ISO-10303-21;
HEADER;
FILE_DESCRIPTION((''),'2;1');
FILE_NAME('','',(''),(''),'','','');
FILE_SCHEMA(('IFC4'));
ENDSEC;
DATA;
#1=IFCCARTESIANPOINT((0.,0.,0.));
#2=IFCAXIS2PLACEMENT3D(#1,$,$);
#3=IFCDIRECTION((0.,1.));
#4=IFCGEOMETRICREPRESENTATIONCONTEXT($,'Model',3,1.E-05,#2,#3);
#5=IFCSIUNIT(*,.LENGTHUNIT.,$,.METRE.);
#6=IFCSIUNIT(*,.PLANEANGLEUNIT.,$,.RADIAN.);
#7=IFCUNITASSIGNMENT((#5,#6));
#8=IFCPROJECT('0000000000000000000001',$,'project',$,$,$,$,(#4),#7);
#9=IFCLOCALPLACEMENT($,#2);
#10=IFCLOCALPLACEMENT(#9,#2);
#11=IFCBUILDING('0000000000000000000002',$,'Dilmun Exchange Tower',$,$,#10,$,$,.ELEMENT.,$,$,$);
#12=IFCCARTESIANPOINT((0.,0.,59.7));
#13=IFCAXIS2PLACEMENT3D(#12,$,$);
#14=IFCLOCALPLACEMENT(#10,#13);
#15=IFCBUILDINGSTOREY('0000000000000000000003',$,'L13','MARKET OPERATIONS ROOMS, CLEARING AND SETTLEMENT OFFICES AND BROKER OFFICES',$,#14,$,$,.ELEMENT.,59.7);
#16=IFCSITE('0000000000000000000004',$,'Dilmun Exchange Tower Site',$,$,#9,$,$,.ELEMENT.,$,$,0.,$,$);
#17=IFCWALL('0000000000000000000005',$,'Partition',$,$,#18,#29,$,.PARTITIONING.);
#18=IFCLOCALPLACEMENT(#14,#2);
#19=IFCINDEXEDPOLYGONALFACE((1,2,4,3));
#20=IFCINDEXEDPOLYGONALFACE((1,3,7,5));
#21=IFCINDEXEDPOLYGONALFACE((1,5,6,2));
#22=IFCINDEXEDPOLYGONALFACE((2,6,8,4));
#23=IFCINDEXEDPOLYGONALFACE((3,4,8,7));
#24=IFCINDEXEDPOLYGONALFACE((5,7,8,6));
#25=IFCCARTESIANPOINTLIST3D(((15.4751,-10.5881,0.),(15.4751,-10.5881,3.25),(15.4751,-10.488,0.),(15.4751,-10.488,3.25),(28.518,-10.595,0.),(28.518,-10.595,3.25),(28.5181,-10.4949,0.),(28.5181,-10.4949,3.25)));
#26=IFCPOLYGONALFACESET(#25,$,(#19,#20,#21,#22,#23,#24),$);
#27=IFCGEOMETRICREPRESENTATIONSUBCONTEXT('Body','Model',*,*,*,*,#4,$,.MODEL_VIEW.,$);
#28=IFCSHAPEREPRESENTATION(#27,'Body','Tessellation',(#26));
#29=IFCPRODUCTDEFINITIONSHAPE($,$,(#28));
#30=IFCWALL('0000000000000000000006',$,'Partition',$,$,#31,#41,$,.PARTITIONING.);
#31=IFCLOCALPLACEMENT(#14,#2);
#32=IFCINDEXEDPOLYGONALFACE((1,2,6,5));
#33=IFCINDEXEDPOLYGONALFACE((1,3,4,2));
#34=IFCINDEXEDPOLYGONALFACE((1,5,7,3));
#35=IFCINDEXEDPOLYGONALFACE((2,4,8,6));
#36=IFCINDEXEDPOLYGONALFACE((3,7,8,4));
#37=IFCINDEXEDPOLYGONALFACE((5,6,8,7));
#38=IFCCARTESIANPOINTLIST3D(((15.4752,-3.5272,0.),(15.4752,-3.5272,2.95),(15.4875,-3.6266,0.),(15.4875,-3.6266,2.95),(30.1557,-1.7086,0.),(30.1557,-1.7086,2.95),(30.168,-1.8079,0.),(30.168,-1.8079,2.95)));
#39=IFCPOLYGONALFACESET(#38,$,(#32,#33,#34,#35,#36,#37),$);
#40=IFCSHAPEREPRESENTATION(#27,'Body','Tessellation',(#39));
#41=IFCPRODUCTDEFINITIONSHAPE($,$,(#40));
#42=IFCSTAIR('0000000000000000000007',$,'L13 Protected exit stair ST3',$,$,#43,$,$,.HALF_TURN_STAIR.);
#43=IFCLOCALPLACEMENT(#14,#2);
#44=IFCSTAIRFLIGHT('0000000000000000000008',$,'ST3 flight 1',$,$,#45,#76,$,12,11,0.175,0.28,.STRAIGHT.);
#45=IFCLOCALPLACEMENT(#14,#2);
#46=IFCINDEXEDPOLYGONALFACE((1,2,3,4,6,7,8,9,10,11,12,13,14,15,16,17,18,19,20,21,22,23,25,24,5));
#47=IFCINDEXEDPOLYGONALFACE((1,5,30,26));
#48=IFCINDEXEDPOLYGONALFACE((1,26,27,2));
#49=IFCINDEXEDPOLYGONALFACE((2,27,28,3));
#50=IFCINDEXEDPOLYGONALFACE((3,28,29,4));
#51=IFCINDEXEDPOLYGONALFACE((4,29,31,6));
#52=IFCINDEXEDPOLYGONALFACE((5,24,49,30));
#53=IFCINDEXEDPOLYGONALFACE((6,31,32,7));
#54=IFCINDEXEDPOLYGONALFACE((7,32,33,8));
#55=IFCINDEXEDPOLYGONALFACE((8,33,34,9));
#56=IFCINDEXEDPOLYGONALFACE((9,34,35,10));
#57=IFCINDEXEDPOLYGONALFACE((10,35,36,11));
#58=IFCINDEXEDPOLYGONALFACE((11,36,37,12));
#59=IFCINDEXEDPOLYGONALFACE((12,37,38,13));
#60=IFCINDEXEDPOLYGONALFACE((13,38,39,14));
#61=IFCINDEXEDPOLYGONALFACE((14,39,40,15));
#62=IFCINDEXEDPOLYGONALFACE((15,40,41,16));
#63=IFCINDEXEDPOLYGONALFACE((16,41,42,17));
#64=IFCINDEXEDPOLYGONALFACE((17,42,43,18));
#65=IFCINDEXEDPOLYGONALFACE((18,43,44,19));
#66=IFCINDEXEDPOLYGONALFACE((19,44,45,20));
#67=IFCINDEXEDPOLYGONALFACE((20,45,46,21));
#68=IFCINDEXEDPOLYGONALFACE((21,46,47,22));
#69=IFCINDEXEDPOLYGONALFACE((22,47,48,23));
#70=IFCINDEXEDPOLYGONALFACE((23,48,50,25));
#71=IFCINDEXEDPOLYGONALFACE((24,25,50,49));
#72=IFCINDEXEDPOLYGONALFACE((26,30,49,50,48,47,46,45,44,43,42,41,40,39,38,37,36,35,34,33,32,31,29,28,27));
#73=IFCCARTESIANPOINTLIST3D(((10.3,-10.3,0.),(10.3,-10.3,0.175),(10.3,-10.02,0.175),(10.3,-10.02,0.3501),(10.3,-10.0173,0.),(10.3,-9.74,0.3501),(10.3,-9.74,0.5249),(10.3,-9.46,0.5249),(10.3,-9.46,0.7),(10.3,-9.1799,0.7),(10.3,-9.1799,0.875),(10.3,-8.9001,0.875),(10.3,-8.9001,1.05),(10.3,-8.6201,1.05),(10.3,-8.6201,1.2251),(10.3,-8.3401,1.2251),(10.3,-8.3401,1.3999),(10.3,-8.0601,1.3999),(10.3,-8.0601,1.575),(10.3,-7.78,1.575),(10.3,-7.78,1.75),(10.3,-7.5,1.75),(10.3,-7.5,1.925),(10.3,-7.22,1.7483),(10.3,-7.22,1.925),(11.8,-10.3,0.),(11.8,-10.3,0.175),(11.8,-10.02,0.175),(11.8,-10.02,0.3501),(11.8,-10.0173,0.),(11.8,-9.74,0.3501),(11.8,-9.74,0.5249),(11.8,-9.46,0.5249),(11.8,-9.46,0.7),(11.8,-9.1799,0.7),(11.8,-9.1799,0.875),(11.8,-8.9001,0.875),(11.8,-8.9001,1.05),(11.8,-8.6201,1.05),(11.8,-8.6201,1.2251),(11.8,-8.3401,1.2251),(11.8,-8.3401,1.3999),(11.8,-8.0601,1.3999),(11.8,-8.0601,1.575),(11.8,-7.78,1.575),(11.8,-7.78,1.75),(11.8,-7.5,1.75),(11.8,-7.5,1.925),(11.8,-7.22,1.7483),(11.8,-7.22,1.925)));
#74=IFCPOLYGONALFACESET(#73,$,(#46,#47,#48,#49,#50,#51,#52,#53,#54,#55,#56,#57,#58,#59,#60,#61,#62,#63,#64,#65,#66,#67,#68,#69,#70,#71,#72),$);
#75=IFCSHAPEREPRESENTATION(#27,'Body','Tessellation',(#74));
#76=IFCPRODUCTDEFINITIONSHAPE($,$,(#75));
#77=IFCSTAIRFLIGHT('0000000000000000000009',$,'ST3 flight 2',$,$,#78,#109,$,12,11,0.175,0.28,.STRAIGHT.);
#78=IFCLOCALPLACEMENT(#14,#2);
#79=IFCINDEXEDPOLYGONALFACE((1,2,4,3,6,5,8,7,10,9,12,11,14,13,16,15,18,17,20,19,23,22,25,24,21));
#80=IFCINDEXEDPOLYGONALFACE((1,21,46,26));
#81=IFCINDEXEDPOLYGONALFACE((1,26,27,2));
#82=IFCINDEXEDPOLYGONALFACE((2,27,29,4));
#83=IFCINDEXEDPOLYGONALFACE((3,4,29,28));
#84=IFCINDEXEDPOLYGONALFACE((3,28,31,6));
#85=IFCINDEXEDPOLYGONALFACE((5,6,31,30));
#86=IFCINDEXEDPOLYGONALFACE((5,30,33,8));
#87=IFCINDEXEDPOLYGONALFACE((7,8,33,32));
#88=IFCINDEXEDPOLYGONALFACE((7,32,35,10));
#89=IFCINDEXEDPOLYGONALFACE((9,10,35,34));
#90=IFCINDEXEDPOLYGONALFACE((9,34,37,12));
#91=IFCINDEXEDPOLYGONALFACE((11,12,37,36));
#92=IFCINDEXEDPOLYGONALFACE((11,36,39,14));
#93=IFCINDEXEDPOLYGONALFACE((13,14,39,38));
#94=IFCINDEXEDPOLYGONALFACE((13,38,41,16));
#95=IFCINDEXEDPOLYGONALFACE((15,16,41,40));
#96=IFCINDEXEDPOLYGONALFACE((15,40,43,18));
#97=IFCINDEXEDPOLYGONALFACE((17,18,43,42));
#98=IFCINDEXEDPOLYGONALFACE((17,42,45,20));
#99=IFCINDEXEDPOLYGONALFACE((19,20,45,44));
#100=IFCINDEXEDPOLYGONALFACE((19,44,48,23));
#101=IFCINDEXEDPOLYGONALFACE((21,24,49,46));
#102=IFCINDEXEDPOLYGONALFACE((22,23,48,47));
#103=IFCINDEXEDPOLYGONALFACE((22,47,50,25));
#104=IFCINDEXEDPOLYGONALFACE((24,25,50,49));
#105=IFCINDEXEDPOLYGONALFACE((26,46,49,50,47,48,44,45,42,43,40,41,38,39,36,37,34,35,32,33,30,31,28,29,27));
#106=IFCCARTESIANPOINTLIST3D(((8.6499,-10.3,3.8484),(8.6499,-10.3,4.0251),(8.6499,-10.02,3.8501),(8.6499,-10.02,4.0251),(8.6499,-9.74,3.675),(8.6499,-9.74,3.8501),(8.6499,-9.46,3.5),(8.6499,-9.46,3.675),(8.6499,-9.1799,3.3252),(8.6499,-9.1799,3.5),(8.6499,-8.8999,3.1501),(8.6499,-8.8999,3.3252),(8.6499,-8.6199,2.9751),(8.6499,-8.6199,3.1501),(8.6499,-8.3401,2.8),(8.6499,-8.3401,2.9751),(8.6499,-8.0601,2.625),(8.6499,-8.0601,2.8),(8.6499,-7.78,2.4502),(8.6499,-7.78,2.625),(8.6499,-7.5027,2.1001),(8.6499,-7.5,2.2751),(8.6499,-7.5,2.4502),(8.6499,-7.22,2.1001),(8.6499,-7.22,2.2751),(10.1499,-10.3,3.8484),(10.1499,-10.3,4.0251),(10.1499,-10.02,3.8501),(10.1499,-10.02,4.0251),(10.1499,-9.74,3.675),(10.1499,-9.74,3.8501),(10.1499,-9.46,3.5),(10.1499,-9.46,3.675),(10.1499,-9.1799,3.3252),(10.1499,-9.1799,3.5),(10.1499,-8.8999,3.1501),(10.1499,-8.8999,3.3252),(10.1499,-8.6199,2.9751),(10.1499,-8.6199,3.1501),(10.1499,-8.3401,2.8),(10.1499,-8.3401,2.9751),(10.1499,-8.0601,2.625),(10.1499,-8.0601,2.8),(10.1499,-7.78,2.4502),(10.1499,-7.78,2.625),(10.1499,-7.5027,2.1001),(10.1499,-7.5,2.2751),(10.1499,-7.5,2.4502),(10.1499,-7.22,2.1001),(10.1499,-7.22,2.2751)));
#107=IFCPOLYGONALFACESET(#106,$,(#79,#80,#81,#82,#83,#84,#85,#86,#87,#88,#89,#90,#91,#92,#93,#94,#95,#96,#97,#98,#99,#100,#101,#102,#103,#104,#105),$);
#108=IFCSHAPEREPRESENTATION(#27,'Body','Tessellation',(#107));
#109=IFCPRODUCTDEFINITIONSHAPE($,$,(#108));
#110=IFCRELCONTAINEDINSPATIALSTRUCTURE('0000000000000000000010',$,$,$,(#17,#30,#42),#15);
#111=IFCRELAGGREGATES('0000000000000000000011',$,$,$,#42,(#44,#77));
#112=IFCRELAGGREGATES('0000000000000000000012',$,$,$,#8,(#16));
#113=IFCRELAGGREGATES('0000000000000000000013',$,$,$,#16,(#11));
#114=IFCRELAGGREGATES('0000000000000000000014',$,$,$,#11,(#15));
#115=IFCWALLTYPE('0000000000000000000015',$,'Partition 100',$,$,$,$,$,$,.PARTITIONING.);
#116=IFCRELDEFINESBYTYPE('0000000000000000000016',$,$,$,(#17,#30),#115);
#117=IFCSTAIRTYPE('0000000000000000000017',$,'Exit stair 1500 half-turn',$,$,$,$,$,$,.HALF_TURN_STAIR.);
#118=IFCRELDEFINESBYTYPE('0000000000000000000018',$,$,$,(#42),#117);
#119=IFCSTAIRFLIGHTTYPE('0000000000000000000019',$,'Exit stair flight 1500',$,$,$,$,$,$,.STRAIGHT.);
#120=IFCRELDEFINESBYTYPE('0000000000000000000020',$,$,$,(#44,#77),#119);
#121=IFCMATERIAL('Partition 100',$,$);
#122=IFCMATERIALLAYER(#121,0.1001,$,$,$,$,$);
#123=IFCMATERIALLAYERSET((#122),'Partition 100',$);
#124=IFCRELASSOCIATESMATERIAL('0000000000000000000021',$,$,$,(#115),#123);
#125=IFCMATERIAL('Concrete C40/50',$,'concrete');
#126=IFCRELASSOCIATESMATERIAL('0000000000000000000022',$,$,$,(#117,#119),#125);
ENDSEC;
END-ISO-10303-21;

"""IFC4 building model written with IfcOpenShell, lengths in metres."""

from ifc_helpers import new_model, si_unit, direction, frame, frame_2d, origin, place, context, subcontext, project, spatial, polyline, rectangle, outline, extrude, material, layer, layer_set, type_object, element, aggregate, save


model = new_model("IFC4")

# Units and contexts
model_context = context("Model", 3, precision=1e-05, world=origin(), true_north=direction((0.0, 1.0)))
body_context = subcontext(model_context, "Body", "Model", "MODEL_VIEW")
ifc_project = project(units=[si_unit("LENGTHUNIT", "METRE"), si_unit("PLANEANGLEUNIT", "RADIAN")], contexts=[model_context])

# Site, building, storey
site_placement = place(None, origin())
site = spatial("IfcSite", under=ifc_project, at=site_placement, Name="Dilmun Exchange Tower Site", CompositionType="ELEMENT", RefElevation=0.0)
building_placement = place(site_placement, origin())
building = spatial("IfcBuilding", under=site, at=building_placement, Name="Dilmun Exchange Tower", CompositionType="ELEMENT")
storey_placement = place(building_placement, frame((0.0, 0.0, 59.7)))
storey = spatial("IfcBuildingStorey", under=building, at=storey_placement, Name="L13", Description="MARKET OPERATIONS ROOMS, CLEARING AND SETTLEMENT OFFICES AND BROKER OFFICES", CompositionType="ELEMENT", Elevation=59.7)

# Shared definitions
ifc_material_1 = material(Name="Concrete C40/50", Category="concrete")

# Walls
ifc_material_2 = material(Name="Partition 100")
ifc_layer_1 = layer(ifc_material_2, 0.1001)
ifc_layer_set_1 = layer_set([ifc_layer_1], Name="Partition 100")
wall_type_1 = type_object("IfcWallType", Name="Partition 100", PredefinedType="PARTITIONING", material=ifc_layer_set_1)
wall_1_placement = place(storey_placement, frame((15.4751, -10.5381, 0.0), z_axis=(0.0, 0.0, 1.0), x_axis=(1.0, -0.000524, 0.0)))
element("IfcWall", 1, at=wall_1_placement, inside=storey, type_object=wall_type_1, Name="Partition", PredefinedType="PARTITIONING", context=body_context, shape_type="SweptSolid", body=[
    extrude(rectangle(XDim=13.043, YDim=0.1001, at=frame_2d((6.5215, 0.0))), origin(), (0.0, 0.0, 1.0), 3.25),
])
wall_2_placement = place(storey_placement, frame((15.4812, -3.5769, 0.0), z_axis=(0.0, 0.0, 1.0), x_axis=(0.992414, 0.12294, 0.0)))
element("IfcWall", 2, at=wall_2_placement, inside=storey, type_object=wall_type_1, Name="Partition", PredefinedType="PARTITIONING", context=body_context, shape_type="SweptSolid", body=[
    extrude(rectangle(XDim=14.7927, YDim=0.1001, at=frame_2d((7.3965, 0.0))), origin(), (0.0, 0.0, 1.0), 2.95),
])

# Stair, stair flights
stair_type = type_object("IfcStairType", Name="Exit stair 1500 half-turn", PredefinedType="HALF_TURN_STAIR", material=ifc_material_1)
stair_placement = place(storey_placement, origin())
stair = element("IfcStair", 3, at=stair_placement, inside=storey, type_object=stair_type, Name="L13 Protected exit stair ST3", PredefinedType="HALF_TURN_STAIR")
stair_flight_type = type_object("IfcStairFlightType", Name="Exit stair flight 1500", PredefinedType="STRAIGHT", material=ifc_material_1)
stair_flight_1_placement = place(storey_placement, frame((11.05, -10.3, 0.0), z_axis=(0.0, 0.0, 1.0), x_axis=(0.0, 1.0, 0.0)))
stair_flight_1 = element("IfcStairFlight", 4, at=stair_flight_1_placement, type_object=stair_flight_type, Name="ST3 flight 1", NumberOfRisers=12, NumberOfTreads=11, PredefinedType="STRAIGHT", RiserHeight=0.175, TreadLength=0.28, context=body_context, shape_type="SweptSolid", body=[
    extrude(outline(polyline([(0.0, 0.0), (0.0, 0.175), (0.28, 0.175), (0.28, 0.3501), (0.5601, 0.3501), (0.5601, 0.5249), (0.8401, 0.5249), (0.8401, 0.7), (1.1201, 0.7), (1.1201, 0.875), (1.3999, 0.875), (1.3999, 1.05), (1.6799, 1.05), (1.6799, 1.2251), (1.96, 1.2251), (1.96, 1.3999), (2.24, 1.3999), (2.24, 1.575), (2.52, 1.575), (2.52, 1.75), (2.8, 1.75), (2.8, 1.925), (3.0801, 1.925), (3.0801, 2.1001), (3.0801, 1.7483), (0.2827, 0.0), (0.0, 0.0)])), frame((0.0, 0.75, 0.0), z_axis=(0.0, -1.0, 0.0), x_axis=(1.0, 0.0, 0.0)), (0.0, 0.0, 1.0), 1.5),
])
stair_flight_2_placement = place(storey_placement, frame((9.3999, -7.22, 2.1001), z_axis=(0.0, 0.0, 1.0), x_axis=(0.0, -1.0, 0.0)))
stair_flight_2 = element("IfcStairFlight", 5, at=stair_flight_2_placement, type_object=stair_flight_type, Name="ST3 flight 2", NumberOfRisers=12, NumberOfTreads=11, PredefinedType="STRAIGHT", RiserHeight=0.175, TreadLength=0.28, context=body_context, shape_type="SweptSolid", body=[
    extrude(outline(polyline([(0.0, 0.0), (0.0, 0.175), (0.28, 0.175), (0.28, 0.3501), (0.5601, 0.3501), (0.5601, 0.5249), (0.8401, 0.5249), (0.8401, 0.7), (1.1201, 0.7), (1.1201, 0.875), (1.3999, 0.875), (1.3999, 1.05), (1.6799, 1.05), (1.6799, 1.2251), (1.96, 1.2251), (1.96, 1.3999), (2.24, 1.3999), (2.24, 1.575), (2.52, 1.575), (2.52, 1.75), (2.8, 1.75), (2.8, 1.925), (3.0801, 1.925), (3.0801, 2.1001), (3.0801, 1.7483), (0.2827, 0.0), (0.0, 0.0)])), frame((0.0, 0.75, 0.0), z_axis=(0.0, -1.0, 0.0), x_axis=(1.0, 0.0, 0.0)), (0.0, 0.0, 1.0), 1.5),
])
aggregate(stair, [stair_flight_1, stair_flight_2])

save(model, "model.ifc")
